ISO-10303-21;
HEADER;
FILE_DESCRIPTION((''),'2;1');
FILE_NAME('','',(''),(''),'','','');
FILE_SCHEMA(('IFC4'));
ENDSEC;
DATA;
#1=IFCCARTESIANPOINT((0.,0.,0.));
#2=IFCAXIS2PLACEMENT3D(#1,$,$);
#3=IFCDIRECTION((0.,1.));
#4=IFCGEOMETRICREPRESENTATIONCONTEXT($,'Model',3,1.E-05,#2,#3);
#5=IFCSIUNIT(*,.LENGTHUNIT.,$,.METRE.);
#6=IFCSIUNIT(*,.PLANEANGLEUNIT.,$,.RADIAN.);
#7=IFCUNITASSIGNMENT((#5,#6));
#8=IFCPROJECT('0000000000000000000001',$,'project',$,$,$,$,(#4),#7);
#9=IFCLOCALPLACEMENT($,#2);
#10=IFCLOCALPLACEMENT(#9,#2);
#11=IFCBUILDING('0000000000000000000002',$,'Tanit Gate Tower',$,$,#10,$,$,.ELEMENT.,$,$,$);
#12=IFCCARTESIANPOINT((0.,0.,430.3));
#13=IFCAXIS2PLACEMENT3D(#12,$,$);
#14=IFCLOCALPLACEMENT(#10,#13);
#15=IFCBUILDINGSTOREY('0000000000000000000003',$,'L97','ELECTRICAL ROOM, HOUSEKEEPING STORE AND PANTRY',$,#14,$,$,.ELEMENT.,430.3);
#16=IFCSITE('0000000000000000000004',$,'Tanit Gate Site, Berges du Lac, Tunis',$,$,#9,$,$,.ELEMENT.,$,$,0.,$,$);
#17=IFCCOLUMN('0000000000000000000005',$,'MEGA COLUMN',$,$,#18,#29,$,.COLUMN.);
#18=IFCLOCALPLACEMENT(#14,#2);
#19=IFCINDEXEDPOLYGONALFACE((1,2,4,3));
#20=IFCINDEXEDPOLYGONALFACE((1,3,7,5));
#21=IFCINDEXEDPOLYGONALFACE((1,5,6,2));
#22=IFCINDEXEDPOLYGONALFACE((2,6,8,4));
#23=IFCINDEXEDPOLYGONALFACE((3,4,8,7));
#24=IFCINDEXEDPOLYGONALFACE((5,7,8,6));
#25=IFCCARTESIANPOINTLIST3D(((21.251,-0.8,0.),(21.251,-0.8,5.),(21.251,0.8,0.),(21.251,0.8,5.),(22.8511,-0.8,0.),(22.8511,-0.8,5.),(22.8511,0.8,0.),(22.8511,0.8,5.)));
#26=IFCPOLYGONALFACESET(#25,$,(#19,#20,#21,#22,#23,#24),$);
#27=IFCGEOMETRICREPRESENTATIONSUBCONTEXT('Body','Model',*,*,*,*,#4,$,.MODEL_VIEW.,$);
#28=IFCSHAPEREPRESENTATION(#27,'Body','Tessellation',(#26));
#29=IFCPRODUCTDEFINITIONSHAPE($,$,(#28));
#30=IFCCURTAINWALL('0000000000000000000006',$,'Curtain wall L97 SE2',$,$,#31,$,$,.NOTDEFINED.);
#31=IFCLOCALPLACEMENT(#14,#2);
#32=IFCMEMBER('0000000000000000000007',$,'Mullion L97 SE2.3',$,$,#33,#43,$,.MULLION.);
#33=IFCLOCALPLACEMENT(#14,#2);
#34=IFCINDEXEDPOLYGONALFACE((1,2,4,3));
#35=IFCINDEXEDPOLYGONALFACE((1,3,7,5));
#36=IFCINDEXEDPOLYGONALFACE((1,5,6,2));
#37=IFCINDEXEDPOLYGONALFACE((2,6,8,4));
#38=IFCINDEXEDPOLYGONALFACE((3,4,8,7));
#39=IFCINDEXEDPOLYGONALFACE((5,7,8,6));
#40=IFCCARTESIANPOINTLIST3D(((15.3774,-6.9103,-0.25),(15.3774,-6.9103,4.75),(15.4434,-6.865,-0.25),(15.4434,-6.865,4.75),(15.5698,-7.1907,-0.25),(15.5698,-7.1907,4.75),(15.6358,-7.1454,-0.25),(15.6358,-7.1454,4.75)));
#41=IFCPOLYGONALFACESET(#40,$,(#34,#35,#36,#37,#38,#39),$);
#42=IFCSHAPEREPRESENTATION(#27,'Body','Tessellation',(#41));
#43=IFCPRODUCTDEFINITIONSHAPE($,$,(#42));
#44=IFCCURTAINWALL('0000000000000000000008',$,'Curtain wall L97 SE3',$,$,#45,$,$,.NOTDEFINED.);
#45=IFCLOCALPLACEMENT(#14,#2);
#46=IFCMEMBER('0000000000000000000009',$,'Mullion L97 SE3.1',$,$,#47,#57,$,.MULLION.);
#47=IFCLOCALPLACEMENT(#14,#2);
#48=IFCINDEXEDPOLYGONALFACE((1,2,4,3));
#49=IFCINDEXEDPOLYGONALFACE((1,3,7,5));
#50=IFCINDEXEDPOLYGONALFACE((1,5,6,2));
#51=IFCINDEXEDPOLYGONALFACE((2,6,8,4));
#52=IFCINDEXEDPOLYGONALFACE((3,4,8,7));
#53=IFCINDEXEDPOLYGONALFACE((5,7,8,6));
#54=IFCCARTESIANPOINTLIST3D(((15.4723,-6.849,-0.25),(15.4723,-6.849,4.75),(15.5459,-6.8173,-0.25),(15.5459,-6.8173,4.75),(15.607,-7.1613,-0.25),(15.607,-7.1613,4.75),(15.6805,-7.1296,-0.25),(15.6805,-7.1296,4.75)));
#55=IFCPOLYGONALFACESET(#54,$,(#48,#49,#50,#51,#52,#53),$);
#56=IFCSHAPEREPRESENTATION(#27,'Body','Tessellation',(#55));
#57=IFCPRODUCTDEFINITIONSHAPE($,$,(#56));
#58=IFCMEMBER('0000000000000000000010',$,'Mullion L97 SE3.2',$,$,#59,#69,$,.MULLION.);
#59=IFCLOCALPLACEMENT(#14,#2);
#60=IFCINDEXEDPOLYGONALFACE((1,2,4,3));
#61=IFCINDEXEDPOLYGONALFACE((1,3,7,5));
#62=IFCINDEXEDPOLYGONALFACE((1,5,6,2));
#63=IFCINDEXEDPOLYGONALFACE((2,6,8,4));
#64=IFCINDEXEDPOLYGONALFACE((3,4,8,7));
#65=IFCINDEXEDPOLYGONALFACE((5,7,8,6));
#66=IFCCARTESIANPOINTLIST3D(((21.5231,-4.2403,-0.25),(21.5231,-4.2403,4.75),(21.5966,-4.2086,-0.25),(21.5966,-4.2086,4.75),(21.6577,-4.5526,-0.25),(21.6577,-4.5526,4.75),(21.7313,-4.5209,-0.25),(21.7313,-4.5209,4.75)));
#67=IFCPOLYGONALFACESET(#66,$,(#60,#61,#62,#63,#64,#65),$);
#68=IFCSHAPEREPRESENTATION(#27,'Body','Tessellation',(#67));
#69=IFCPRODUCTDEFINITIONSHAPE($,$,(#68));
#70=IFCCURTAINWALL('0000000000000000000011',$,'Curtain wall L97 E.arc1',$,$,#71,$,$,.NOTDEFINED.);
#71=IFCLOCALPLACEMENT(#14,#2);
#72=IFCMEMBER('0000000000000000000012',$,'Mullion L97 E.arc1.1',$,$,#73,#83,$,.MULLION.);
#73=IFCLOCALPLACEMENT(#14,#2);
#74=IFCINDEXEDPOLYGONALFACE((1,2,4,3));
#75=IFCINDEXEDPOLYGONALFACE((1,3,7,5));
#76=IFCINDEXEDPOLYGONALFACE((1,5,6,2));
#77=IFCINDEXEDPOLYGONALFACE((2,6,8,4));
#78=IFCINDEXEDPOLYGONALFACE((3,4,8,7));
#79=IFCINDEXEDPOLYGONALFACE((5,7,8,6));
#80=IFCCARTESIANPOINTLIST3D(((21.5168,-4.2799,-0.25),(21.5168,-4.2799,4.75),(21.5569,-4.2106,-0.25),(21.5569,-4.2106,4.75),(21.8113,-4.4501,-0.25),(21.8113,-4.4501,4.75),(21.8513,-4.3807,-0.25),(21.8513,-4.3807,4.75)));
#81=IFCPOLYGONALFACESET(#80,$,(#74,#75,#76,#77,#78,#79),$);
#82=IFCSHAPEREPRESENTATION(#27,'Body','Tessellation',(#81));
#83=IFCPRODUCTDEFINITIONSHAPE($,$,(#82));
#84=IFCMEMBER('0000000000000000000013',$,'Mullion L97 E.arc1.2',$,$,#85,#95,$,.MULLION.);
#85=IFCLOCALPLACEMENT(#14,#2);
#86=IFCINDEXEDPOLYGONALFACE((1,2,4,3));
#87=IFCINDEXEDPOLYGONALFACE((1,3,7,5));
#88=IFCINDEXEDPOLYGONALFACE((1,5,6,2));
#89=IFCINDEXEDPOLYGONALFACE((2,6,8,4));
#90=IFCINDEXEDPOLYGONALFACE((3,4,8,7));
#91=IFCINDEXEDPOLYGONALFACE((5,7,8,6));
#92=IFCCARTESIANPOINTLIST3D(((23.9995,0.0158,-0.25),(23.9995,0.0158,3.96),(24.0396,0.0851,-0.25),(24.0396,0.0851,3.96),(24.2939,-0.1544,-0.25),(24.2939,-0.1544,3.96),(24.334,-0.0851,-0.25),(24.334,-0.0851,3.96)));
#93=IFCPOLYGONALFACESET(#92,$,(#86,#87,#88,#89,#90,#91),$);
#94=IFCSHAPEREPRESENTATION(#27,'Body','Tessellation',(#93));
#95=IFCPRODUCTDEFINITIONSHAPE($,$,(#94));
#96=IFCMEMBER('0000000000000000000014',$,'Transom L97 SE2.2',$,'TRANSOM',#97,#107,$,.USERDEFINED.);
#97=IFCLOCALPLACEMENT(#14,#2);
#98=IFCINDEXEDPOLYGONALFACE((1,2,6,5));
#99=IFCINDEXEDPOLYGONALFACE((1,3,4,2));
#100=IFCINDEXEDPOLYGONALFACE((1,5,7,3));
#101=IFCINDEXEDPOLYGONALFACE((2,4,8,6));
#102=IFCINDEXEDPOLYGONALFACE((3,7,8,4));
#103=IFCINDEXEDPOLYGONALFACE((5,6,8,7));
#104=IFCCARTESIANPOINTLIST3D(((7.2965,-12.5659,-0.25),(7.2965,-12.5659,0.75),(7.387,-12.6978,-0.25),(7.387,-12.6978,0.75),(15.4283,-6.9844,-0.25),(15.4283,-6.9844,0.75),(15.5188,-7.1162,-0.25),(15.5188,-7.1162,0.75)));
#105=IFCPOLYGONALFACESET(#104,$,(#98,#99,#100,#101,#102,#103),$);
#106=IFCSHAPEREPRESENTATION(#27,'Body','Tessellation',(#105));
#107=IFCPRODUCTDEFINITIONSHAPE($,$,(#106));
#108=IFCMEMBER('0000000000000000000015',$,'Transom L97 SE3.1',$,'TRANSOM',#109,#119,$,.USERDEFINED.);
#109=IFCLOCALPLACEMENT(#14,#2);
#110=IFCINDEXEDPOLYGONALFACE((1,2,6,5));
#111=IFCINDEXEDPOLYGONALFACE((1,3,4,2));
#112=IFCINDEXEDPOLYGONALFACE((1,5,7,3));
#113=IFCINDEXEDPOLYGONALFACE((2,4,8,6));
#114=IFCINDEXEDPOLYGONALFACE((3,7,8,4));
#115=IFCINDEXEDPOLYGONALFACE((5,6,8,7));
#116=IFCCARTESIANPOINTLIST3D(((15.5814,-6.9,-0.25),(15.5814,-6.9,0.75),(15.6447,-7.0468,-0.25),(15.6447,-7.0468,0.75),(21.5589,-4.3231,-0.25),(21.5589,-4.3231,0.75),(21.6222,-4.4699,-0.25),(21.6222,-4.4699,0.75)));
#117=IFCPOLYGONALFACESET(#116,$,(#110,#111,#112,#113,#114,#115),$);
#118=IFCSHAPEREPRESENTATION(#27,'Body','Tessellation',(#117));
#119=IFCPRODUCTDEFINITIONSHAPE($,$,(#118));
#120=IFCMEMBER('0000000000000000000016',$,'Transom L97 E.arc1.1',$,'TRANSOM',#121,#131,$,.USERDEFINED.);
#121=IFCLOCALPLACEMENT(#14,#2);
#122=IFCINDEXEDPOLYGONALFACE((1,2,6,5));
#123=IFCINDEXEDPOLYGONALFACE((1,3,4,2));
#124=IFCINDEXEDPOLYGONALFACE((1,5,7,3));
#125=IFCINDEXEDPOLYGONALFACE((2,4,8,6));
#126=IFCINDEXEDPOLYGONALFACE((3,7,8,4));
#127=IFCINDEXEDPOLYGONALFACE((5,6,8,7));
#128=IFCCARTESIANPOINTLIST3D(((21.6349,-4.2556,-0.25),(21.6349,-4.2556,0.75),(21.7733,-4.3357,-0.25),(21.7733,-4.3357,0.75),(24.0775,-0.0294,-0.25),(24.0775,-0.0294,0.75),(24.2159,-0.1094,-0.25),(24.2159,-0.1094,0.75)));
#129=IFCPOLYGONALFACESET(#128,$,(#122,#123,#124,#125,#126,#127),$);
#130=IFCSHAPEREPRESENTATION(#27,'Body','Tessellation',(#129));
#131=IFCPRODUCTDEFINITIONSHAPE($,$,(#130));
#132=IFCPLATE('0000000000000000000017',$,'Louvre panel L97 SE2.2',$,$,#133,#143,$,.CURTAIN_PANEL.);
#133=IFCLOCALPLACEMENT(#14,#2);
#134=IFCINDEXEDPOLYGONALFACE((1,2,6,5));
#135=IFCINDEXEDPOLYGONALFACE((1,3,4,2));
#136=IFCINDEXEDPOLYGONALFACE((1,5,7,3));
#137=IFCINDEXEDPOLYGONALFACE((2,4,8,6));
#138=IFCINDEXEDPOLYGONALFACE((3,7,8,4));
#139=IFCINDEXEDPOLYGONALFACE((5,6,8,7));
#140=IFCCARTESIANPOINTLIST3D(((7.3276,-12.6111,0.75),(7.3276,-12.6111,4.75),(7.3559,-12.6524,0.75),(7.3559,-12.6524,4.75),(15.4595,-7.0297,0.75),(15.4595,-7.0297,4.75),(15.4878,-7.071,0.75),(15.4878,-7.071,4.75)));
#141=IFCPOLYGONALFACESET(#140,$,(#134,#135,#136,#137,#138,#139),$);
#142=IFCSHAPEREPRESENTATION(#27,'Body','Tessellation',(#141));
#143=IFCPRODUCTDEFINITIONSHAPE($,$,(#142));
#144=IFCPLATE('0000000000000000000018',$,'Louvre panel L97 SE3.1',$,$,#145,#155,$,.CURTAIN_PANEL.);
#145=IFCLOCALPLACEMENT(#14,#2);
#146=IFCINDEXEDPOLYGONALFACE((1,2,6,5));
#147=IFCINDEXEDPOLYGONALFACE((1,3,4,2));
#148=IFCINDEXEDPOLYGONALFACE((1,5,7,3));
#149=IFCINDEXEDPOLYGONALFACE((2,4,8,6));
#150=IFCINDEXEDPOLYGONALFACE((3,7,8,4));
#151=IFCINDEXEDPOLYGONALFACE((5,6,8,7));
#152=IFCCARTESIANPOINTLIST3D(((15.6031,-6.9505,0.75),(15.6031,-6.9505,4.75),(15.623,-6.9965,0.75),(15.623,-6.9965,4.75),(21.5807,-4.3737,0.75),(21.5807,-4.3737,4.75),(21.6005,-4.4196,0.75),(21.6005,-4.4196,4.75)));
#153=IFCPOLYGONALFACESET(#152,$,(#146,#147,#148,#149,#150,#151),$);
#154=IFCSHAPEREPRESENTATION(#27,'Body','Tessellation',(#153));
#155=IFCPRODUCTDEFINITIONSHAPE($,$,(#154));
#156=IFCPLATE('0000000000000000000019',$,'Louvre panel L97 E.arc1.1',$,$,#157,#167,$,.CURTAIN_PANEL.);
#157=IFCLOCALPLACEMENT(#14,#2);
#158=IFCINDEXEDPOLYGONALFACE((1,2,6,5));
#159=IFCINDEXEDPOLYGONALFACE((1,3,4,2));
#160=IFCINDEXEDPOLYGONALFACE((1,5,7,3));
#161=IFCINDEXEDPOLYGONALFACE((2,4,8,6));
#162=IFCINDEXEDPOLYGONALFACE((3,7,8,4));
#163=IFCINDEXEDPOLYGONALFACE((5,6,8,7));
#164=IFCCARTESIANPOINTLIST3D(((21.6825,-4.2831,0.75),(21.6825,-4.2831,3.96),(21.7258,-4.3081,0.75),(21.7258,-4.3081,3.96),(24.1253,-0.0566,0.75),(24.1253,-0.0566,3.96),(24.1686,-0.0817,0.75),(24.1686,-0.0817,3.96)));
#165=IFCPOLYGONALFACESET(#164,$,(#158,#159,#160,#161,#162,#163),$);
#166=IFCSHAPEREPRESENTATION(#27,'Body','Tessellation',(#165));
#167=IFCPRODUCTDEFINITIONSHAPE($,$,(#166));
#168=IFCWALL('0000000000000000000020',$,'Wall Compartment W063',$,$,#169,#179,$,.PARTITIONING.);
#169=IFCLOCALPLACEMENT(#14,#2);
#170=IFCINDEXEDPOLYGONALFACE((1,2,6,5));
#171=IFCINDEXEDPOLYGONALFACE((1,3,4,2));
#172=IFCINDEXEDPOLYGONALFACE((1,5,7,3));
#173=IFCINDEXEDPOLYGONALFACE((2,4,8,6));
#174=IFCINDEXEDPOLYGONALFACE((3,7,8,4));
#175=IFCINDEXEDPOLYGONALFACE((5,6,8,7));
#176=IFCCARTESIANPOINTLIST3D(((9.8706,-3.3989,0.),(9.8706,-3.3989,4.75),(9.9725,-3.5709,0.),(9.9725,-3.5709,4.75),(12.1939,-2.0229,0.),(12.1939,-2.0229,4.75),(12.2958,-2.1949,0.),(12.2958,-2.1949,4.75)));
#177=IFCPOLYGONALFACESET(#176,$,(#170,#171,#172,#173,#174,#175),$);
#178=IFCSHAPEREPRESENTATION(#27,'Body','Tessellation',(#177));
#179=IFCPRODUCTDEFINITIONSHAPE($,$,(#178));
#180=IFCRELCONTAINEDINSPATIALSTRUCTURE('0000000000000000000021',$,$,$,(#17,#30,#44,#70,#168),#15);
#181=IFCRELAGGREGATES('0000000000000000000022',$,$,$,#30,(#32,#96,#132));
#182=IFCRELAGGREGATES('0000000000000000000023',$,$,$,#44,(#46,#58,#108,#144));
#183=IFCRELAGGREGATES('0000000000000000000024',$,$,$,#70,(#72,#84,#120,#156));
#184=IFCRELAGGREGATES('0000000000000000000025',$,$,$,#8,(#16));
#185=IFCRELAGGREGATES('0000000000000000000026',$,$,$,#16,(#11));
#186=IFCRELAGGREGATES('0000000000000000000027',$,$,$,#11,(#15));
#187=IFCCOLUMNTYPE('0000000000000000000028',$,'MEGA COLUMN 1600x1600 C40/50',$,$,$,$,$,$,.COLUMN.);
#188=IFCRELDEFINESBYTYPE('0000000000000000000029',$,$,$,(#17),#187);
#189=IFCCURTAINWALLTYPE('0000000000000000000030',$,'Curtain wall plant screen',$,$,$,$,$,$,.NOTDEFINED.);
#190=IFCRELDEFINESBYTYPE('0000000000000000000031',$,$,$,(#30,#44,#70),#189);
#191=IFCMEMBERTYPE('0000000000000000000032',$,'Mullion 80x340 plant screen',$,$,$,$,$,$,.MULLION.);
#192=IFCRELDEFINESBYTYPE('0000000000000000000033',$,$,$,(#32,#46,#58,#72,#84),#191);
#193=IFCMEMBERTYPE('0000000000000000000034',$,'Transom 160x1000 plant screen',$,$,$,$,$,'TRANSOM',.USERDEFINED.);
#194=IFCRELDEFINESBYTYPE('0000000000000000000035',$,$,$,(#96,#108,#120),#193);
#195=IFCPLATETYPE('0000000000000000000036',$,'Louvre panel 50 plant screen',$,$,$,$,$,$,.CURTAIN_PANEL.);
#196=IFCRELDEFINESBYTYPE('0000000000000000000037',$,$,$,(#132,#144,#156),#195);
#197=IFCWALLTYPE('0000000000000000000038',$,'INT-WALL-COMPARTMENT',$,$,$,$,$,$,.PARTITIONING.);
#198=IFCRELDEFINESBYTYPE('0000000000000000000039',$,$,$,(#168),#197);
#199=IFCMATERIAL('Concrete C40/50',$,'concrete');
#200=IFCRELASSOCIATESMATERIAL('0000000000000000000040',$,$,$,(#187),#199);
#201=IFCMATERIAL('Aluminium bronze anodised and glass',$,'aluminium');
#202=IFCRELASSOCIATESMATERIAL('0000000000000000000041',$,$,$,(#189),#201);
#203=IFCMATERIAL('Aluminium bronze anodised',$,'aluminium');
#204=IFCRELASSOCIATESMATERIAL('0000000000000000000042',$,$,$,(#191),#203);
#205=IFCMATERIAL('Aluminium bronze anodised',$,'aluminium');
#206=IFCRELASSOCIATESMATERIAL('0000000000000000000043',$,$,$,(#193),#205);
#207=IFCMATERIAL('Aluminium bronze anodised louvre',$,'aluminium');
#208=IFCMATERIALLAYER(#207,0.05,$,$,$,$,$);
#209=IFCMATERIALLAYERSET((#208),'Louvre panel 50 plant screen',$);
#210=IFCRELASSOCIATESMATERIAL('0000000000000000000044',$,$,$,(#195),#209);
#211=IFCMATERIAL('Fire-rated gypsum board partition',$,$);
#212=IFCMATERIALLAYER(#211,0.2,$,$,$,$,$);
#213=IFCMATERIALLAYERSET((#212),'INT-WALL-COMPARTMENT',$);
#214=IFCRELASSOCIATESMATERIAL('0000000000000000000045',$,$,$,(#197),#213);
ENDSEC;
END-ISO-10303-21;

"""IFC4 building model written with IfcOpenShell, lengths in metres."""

from ifc_helpers import new_model, si_unit, direction, frame, frame_2d, origin, origin_2d, place, context, subcontext, project, spatial, rectangle, extrude, material, layer, layer_set, material_profile, profile_set, type_object, element, aggregate, save


model = new_model("IFC4")

# Units and contexts
model_context = context("Model", 3, precision=1e-05, world=origin(), true_north=direction((0.0, 1.0)))
body_context = subcontext(model_context, "Body", "Model", "MODEL_VIEW")
ifc_project = project(units=[si_unit("LENGTHUNIT", "METRE"), si_unit("PLANEANGLEUNIT", "RADIAN")], contexts=[model_context])

# Site, building, storey
site_placement = place(None, origin())
site = spatial("IfcSite", under=ifc_project, at=site_placement, Name="Tanit Gate Site, Berges du Lac, Tunis", CompositionType="ELEMENT", RefElevation=0.0)
building_placement = place(site_placement, origin())
building = spatial("IfcBuilding", under=site, at=building_placement, Name="Tanit Gate Tower", CompositionType="ELEMENT")
storey_placement = place(building_placement, frame((0.0, 0.0, 430.3)))
storey = spatial("IfcBuildingStorey", under=building, at=storey_placement, Name="L97", Description="ELECTRICAL ROOM, HOUSEKEEPING STORE AND PANTRY", CompositionType="ELEMENT", Elevation=430.3)

# Column
ifc_material_1 = material(Name="Concrete C40/50", Category="concrete")
ifc_material_profile_1 = material_profile(ifc_material_1, rectangle(XDim=1.6001, YDim=1.6001, at=origin_2d()), Name="RC 1600x1600")
ifc_profile_set_1 = profile_set([ifc_material_profile_1], Name="Concrete C40/50")
column_type = type_object("IfcColumnType", Name="MEGA COLUMN 1600x1600 C40/50", PredefinedType="COLUMN", material=ifc_profile_set_1)
column_placement = place(storey_placement, frame((22.051, 0.0, 0.0), z_axis=(0.0, 0.0, 1.0), x_axis=(1.0, 0.0, 0.0)))
element("IfcColumn", 1, at=column_placement, inside=storey, type_object=column_type, Name="MEGA COLUMN", PredefinedType="COLUMN", context=body_context, shape_type="SweptSolid", body=[
    extrude(rectangle(XDim=1.6001, YDim=1.6001, at=origin_2d()), origin(), (0.0, 0.0, 1.0), 5.0),
])

# Curtain wall, member
ifc_material_2 = material(Name="Aluminium bronze anodised and glass", Category="aluminium")
curtain_wall_type = type_object("IfcCurtainWallType", Name="Curtain wall plant screen", PredefinedType="NOTDEFINED", material=ifc_material_2)
curtain_wall_1_placement = place(storey_placement, origin())
curtain_wall_1 = element("IfcCurtainWall", 2, at=curtain_wall_1_placement, inside=storey, type_object=curtain_wall_type, Name="Curtain wall L97 SE2", PredefinedType="NOTDEFINED")
ifc_material_3 = material(Name="Aluminium bronze anodised", Category="aluminium")
ifc_material_profile_2 = material_profile(ifc_material_3, rectangle(XDim=0.3401, YDim=0.0801, at=origin_2d()), Name="80x340 bronze mullion")
ifc_profile_set_2 = profile_set([ifc_material_profile_2], Name="Aluminium bronze anodised")
member_type_1 = type_object("IfcMemberType", Name="Mullion 80x340 plant screen", PredefinedType="MULLION", material=ifc_profile_set_2)
member_1_placement = place(storey_placement, frame((15.5066, -7.0278, -0.25), z_axis=(0.0, 0.0, 1.0), x_axis=(-0.565893, 0.824479, 0.0)))
member_1 = element("IfcMember", 3, at=member_1_placement, type_object=member_type_1, Name="Mullion L97 SE2.3", PredefinedType="MULLION", context=body_context, shape_type="SweptSolid", body=[
    extrude(rectangle(XDim=0.3401, YDim=0.0801, at=origin_2d()), origin(), (0.0, 0.0, 1.0), 5.0),
])

# Curtain walls, members
curtain_wall_2_placement = place(storey_placement, origin())
curtain_wall_2 = element("IfcCurtainWall", 4, at=curtain_wall_2_placement, inside=storey, type_object=curtain_wall_type, Name="Curtain wall L97 SE3", PredefinedType="NOTDEFINED")
member_2_placement = place(storey_placement, frame((15.5764, -6.9893, -0.25), z_axis=(0.0, 0.0, 1.0), x_axis=(-0.395871, 0.918306, 0.0)))
member_2 = element("IfcMember", 5, at=member_2_placement, type_object=member_type_1, Name="Mullion L97 SE3.1", PredefinedType="MULLION", context=body_context, shape_type="SweptSolid", body=[
    extrude(rectangle(XDim=0.3401, YDim=0.0801, at=origin_2d()), origin(), (0.0, 0.0, 1.0), 5.0),
])
member_3_placement = place(storey_placement, frame((21.6272, -4.3806, -0.25), z_axis=(0.0, 0.0, 1.0), x_axis=(-0.395871, 0.918306, 0.0)))
member_3 = element("IfcMember", 6, at=member_3_placement, type_object=member_type_1, Name="Mullion L97 SE3.2", PredefinedType="MULLION", context=body_context, shape_type="SweptSolid", body=[
    extrude(rectangle(XDim=0.3401, YDim=0.0801, at=origin_2d()), origin(), (0.0, 0.0, 1.0), 5.0),
])
curtain_wall_3_placement = place(storey_placement, origin())
curtain_wall_3 = element("IfcCurtainWall", 7, at=curtain_wall_3_placement, inside=storey, type_object=curtain_wall_type, Name="Curtain wall L97 E.arc1", PredefinedType="NOTDEFINED")
member_4_placement = place(storey_placement, frame((21.6841, -4.3303, -0.25), z_axis=(0.0, 0.0, 1.0), x_axis=(-0.86579, 0.500408, 0.0)))
member_4 = element("IfcMember", 8, at=member_4_placement, type_object=member_type_1, Name="Mullion L97 E.arc1.1", PredefinedType="MULLION", context=body_context, shape_type="SweptSolid", body=[
    extrude(rectangle(XDim=0.3401, YDim=0.0801, at=origin_2d()), origin(), (0.0, 0.0, 1.0), 5.0),
])
member_5_placement = place(storey_placement, frame((24.1667, -0.0347, -0.25), z_axis=(0.0, 0.0, 1.0), x_axis=(-0.86579, 0.500408, 0.0)))
member_5 = element("IfcMember", 9, at=member_5_placement, type_object=member_type_1, Name="Mullion L97 E.arc1.2", PredefinedType="MULLION", context=body_context, shape_type="SweptSolid", body=[
    extrude(rectangle(XDim=0.3401, YDim=0.0801, at=origin_2d()), origin(), (0.0, 0.0, 1.0), 4.21),
])

# Members
ifc_material_4 = material(Name="Aluminium bronze anodised", Category="aluminium")
ifc_material_profile_3 = material_profile(ifc_material_4, rectangle(XDim=0.1599, YDim=1.0, at=origin_2d()), Name="160x1000 bronze transom")
ifc_profile_set_3 = profile_set([ifc_material_profile_3], Name="Aluminium bronze anodised")
member_type_2 = type_object("IfcMemberType", Name="Transom 160x1000 plant screen", ElementType="TRANSOM", PredefinedType="USERDEFINED", material=ifc_profile_set_3)
member_6_placement = place(storey_placement, frame((7.3418, -12.6318, 0.25), z_axis=(0.824472, 0.565903, 0.0), x_axis=(-0.565903, 0.824472, 0.0)))
member_6 = element("IfcMember", 10, at=member_6_placement, type_object=member_type_2, Name="Transom L97 SE2.2", ObjectType="TRANSOM", PredefinedType="USERDEFINED", context=body_context, shape_type="SweptSolid", body=[
    extrude(rectangle(XDim=0.1599, YDim=1.0, at=origin_2d()), origin(), (0.0, 0.0, 1.0), 9.863),
])
member_7_placement = place(storey_placement, frame((15.613, -6.9734, 0.25), z_axis=(0.918303, 0.395878, 0.0), x_axis=(-0.395878, 0.918303, 0.0)))
member_7 = element("IfcMember", 11, at=member_7_placement, type_object=member_type_2, Name="Transom L97 SE3.1", ObjectType="TRANSOM", PredefinedType="USERDEFINED", context=body_context, shape_type="SweptSolid", body=[
    extrude(rectangle(XDim=0.1599, YDim=1.0, at=origin_2d()), origin(), (0.0, 0.0, 1.0), 6.5093),
])
member_8_placement = place(storey_placement, frame((21.7041, -4.2957, 0.25), z_axis=(0.500393, 0.865798, 0.0), x_axis=(-0.865798, 0.500393, 0.0)))
member_8 = element("IfcMember", 12, at=member_8_placement, type_object=member_type_2, Name="Transom L97 E.arc1.1", ObjectType="TRANSOM", PredefinedType="USERDEFINED", context=body_context, shape_type="SweptSolid", body=[
    extrude(rectangle(XDim=0.1599, YDim=1.0, at=origin_2d()), origin(), (0.0, 0.0, 1.0), 4.8813),
])

# Plates
ifc_material_5 = material(Name="Aluminium bronze anodised louvre", Category="aluminium")
ifc_layer_1 = layer(ifc_material_5, 0.05)
ifc_layer_set_1 = layer_set([ifc_layer_1], Name="Louvre panel 50 plant screen")
plate_type = type_object("IfcPlateType", Name="Louvre panel 50 plant screen", PredefinedType="CURTAIN_PANEL", material=ifc_layer_set_1)
plate_1_placement = place(storey_placement, frame((11.4077, -9.8411, 0.75), z_axis=(0.0, 0.0, 1.0), x_axis=(0.824479, 0.565893, 0.0)))
plate_1 = element("IfcPlate", 13, at=plate_1_placement, type_object=plate_type, Name="Louvre panel L97 SE2.2", PredefinedType="CURTAIN_PANEL", context=body_context, shape_type="SweptSolid", body=[
    extrude(rectangle(XDim=9.863, YDim=0.05, at=origin_2d()), origin(), (0.0, 0.0, 1.0), 4.0),
])
aggregate(curtain_wall_1, [member_1, member_6, plate_1])
plate_2_placement = place(storey_placement, frame((18.6018, -5.6851, 0.75), z_axis=(0.0, 0.0, 1.0), x_axis=(0.918306, 0.395871, 0.0)))
plate_2 = element("IfcPlate", 14, at=plate_2_placement, type_object=plate_type, Name="Louvre panel L97 SE3.1", PredefinedType="CURTAIN_PANEL", context=body_context, shape_type="SweptSolid", body=[
    extrude(rectangle(XDim=6.5093, YDim=0.05, at=origin_2d()), origin(), (0.0, 0.0, 1.0), 4.0),
])
aggregate(curtain_wall_2, [member_2, member_3, member_7, plate_2])
plate_3_placement = place(storey_placement, frame((22.9255, -2.1824, 0.75), z_axis=(0.0, 0.0, 1.0), x_axis=(0.500408, 0.86579, 0.0)))
plate_3 = element("IfcPlate", 15, at=plate_3_placement, type_object=plate_type, Name="Louvre panel L97 E.arc1.1", PredefinedType="CURTAIN_PANEL", context=body_context, shape_type="SweptSolid", body=[
    extrude(rectangle(XDim=4.8816, YDim=0.05, at=origin_2d()), origin(), (0.0, 0.0, 1.0), 3.21),
])
aggregate(curtain_wall_3, [member_4, member_5, member_8, plate_3])

# Wall
ifc_material_6 = material(Name="Fire-rated gypsum board partition")
ifc_layer_2 = layer(ifc_material_6, 0.2)
ifc_layer_set_2 = layer_set([ifc_layer_2], Name="INT-WALL-COMPARTMENT")
wall_type_1 = type_object("IfcWallType", Name="INT-WALL-COMPARTMENT", PredefinedType="PARTITIONING", material=ifc_layer_set_2)
wall_1_placement = place(storey_placement, frame((12.2449, -2.1089, 0.0), z_axis=(0.0, 0.0, 1.0), x_axis=(-0.860415, -0.509594, 0.0)))
element("IfcWall", 16, at=wall_1_placement, inside=storey, type_object=wall_type_1, Name="Wall Compartment W063", PredefinedType="PARTITIONING", context=body_context, shape_type="SweptSolid", body=[
    extrude(rectangle(XDim=2.7002, YDim=0.2, at=frame_2d((1.3501, 0.0))), origin(), (0.0, 0.0, 1.0), 4.75),
])

save(model, "model.ifc")
